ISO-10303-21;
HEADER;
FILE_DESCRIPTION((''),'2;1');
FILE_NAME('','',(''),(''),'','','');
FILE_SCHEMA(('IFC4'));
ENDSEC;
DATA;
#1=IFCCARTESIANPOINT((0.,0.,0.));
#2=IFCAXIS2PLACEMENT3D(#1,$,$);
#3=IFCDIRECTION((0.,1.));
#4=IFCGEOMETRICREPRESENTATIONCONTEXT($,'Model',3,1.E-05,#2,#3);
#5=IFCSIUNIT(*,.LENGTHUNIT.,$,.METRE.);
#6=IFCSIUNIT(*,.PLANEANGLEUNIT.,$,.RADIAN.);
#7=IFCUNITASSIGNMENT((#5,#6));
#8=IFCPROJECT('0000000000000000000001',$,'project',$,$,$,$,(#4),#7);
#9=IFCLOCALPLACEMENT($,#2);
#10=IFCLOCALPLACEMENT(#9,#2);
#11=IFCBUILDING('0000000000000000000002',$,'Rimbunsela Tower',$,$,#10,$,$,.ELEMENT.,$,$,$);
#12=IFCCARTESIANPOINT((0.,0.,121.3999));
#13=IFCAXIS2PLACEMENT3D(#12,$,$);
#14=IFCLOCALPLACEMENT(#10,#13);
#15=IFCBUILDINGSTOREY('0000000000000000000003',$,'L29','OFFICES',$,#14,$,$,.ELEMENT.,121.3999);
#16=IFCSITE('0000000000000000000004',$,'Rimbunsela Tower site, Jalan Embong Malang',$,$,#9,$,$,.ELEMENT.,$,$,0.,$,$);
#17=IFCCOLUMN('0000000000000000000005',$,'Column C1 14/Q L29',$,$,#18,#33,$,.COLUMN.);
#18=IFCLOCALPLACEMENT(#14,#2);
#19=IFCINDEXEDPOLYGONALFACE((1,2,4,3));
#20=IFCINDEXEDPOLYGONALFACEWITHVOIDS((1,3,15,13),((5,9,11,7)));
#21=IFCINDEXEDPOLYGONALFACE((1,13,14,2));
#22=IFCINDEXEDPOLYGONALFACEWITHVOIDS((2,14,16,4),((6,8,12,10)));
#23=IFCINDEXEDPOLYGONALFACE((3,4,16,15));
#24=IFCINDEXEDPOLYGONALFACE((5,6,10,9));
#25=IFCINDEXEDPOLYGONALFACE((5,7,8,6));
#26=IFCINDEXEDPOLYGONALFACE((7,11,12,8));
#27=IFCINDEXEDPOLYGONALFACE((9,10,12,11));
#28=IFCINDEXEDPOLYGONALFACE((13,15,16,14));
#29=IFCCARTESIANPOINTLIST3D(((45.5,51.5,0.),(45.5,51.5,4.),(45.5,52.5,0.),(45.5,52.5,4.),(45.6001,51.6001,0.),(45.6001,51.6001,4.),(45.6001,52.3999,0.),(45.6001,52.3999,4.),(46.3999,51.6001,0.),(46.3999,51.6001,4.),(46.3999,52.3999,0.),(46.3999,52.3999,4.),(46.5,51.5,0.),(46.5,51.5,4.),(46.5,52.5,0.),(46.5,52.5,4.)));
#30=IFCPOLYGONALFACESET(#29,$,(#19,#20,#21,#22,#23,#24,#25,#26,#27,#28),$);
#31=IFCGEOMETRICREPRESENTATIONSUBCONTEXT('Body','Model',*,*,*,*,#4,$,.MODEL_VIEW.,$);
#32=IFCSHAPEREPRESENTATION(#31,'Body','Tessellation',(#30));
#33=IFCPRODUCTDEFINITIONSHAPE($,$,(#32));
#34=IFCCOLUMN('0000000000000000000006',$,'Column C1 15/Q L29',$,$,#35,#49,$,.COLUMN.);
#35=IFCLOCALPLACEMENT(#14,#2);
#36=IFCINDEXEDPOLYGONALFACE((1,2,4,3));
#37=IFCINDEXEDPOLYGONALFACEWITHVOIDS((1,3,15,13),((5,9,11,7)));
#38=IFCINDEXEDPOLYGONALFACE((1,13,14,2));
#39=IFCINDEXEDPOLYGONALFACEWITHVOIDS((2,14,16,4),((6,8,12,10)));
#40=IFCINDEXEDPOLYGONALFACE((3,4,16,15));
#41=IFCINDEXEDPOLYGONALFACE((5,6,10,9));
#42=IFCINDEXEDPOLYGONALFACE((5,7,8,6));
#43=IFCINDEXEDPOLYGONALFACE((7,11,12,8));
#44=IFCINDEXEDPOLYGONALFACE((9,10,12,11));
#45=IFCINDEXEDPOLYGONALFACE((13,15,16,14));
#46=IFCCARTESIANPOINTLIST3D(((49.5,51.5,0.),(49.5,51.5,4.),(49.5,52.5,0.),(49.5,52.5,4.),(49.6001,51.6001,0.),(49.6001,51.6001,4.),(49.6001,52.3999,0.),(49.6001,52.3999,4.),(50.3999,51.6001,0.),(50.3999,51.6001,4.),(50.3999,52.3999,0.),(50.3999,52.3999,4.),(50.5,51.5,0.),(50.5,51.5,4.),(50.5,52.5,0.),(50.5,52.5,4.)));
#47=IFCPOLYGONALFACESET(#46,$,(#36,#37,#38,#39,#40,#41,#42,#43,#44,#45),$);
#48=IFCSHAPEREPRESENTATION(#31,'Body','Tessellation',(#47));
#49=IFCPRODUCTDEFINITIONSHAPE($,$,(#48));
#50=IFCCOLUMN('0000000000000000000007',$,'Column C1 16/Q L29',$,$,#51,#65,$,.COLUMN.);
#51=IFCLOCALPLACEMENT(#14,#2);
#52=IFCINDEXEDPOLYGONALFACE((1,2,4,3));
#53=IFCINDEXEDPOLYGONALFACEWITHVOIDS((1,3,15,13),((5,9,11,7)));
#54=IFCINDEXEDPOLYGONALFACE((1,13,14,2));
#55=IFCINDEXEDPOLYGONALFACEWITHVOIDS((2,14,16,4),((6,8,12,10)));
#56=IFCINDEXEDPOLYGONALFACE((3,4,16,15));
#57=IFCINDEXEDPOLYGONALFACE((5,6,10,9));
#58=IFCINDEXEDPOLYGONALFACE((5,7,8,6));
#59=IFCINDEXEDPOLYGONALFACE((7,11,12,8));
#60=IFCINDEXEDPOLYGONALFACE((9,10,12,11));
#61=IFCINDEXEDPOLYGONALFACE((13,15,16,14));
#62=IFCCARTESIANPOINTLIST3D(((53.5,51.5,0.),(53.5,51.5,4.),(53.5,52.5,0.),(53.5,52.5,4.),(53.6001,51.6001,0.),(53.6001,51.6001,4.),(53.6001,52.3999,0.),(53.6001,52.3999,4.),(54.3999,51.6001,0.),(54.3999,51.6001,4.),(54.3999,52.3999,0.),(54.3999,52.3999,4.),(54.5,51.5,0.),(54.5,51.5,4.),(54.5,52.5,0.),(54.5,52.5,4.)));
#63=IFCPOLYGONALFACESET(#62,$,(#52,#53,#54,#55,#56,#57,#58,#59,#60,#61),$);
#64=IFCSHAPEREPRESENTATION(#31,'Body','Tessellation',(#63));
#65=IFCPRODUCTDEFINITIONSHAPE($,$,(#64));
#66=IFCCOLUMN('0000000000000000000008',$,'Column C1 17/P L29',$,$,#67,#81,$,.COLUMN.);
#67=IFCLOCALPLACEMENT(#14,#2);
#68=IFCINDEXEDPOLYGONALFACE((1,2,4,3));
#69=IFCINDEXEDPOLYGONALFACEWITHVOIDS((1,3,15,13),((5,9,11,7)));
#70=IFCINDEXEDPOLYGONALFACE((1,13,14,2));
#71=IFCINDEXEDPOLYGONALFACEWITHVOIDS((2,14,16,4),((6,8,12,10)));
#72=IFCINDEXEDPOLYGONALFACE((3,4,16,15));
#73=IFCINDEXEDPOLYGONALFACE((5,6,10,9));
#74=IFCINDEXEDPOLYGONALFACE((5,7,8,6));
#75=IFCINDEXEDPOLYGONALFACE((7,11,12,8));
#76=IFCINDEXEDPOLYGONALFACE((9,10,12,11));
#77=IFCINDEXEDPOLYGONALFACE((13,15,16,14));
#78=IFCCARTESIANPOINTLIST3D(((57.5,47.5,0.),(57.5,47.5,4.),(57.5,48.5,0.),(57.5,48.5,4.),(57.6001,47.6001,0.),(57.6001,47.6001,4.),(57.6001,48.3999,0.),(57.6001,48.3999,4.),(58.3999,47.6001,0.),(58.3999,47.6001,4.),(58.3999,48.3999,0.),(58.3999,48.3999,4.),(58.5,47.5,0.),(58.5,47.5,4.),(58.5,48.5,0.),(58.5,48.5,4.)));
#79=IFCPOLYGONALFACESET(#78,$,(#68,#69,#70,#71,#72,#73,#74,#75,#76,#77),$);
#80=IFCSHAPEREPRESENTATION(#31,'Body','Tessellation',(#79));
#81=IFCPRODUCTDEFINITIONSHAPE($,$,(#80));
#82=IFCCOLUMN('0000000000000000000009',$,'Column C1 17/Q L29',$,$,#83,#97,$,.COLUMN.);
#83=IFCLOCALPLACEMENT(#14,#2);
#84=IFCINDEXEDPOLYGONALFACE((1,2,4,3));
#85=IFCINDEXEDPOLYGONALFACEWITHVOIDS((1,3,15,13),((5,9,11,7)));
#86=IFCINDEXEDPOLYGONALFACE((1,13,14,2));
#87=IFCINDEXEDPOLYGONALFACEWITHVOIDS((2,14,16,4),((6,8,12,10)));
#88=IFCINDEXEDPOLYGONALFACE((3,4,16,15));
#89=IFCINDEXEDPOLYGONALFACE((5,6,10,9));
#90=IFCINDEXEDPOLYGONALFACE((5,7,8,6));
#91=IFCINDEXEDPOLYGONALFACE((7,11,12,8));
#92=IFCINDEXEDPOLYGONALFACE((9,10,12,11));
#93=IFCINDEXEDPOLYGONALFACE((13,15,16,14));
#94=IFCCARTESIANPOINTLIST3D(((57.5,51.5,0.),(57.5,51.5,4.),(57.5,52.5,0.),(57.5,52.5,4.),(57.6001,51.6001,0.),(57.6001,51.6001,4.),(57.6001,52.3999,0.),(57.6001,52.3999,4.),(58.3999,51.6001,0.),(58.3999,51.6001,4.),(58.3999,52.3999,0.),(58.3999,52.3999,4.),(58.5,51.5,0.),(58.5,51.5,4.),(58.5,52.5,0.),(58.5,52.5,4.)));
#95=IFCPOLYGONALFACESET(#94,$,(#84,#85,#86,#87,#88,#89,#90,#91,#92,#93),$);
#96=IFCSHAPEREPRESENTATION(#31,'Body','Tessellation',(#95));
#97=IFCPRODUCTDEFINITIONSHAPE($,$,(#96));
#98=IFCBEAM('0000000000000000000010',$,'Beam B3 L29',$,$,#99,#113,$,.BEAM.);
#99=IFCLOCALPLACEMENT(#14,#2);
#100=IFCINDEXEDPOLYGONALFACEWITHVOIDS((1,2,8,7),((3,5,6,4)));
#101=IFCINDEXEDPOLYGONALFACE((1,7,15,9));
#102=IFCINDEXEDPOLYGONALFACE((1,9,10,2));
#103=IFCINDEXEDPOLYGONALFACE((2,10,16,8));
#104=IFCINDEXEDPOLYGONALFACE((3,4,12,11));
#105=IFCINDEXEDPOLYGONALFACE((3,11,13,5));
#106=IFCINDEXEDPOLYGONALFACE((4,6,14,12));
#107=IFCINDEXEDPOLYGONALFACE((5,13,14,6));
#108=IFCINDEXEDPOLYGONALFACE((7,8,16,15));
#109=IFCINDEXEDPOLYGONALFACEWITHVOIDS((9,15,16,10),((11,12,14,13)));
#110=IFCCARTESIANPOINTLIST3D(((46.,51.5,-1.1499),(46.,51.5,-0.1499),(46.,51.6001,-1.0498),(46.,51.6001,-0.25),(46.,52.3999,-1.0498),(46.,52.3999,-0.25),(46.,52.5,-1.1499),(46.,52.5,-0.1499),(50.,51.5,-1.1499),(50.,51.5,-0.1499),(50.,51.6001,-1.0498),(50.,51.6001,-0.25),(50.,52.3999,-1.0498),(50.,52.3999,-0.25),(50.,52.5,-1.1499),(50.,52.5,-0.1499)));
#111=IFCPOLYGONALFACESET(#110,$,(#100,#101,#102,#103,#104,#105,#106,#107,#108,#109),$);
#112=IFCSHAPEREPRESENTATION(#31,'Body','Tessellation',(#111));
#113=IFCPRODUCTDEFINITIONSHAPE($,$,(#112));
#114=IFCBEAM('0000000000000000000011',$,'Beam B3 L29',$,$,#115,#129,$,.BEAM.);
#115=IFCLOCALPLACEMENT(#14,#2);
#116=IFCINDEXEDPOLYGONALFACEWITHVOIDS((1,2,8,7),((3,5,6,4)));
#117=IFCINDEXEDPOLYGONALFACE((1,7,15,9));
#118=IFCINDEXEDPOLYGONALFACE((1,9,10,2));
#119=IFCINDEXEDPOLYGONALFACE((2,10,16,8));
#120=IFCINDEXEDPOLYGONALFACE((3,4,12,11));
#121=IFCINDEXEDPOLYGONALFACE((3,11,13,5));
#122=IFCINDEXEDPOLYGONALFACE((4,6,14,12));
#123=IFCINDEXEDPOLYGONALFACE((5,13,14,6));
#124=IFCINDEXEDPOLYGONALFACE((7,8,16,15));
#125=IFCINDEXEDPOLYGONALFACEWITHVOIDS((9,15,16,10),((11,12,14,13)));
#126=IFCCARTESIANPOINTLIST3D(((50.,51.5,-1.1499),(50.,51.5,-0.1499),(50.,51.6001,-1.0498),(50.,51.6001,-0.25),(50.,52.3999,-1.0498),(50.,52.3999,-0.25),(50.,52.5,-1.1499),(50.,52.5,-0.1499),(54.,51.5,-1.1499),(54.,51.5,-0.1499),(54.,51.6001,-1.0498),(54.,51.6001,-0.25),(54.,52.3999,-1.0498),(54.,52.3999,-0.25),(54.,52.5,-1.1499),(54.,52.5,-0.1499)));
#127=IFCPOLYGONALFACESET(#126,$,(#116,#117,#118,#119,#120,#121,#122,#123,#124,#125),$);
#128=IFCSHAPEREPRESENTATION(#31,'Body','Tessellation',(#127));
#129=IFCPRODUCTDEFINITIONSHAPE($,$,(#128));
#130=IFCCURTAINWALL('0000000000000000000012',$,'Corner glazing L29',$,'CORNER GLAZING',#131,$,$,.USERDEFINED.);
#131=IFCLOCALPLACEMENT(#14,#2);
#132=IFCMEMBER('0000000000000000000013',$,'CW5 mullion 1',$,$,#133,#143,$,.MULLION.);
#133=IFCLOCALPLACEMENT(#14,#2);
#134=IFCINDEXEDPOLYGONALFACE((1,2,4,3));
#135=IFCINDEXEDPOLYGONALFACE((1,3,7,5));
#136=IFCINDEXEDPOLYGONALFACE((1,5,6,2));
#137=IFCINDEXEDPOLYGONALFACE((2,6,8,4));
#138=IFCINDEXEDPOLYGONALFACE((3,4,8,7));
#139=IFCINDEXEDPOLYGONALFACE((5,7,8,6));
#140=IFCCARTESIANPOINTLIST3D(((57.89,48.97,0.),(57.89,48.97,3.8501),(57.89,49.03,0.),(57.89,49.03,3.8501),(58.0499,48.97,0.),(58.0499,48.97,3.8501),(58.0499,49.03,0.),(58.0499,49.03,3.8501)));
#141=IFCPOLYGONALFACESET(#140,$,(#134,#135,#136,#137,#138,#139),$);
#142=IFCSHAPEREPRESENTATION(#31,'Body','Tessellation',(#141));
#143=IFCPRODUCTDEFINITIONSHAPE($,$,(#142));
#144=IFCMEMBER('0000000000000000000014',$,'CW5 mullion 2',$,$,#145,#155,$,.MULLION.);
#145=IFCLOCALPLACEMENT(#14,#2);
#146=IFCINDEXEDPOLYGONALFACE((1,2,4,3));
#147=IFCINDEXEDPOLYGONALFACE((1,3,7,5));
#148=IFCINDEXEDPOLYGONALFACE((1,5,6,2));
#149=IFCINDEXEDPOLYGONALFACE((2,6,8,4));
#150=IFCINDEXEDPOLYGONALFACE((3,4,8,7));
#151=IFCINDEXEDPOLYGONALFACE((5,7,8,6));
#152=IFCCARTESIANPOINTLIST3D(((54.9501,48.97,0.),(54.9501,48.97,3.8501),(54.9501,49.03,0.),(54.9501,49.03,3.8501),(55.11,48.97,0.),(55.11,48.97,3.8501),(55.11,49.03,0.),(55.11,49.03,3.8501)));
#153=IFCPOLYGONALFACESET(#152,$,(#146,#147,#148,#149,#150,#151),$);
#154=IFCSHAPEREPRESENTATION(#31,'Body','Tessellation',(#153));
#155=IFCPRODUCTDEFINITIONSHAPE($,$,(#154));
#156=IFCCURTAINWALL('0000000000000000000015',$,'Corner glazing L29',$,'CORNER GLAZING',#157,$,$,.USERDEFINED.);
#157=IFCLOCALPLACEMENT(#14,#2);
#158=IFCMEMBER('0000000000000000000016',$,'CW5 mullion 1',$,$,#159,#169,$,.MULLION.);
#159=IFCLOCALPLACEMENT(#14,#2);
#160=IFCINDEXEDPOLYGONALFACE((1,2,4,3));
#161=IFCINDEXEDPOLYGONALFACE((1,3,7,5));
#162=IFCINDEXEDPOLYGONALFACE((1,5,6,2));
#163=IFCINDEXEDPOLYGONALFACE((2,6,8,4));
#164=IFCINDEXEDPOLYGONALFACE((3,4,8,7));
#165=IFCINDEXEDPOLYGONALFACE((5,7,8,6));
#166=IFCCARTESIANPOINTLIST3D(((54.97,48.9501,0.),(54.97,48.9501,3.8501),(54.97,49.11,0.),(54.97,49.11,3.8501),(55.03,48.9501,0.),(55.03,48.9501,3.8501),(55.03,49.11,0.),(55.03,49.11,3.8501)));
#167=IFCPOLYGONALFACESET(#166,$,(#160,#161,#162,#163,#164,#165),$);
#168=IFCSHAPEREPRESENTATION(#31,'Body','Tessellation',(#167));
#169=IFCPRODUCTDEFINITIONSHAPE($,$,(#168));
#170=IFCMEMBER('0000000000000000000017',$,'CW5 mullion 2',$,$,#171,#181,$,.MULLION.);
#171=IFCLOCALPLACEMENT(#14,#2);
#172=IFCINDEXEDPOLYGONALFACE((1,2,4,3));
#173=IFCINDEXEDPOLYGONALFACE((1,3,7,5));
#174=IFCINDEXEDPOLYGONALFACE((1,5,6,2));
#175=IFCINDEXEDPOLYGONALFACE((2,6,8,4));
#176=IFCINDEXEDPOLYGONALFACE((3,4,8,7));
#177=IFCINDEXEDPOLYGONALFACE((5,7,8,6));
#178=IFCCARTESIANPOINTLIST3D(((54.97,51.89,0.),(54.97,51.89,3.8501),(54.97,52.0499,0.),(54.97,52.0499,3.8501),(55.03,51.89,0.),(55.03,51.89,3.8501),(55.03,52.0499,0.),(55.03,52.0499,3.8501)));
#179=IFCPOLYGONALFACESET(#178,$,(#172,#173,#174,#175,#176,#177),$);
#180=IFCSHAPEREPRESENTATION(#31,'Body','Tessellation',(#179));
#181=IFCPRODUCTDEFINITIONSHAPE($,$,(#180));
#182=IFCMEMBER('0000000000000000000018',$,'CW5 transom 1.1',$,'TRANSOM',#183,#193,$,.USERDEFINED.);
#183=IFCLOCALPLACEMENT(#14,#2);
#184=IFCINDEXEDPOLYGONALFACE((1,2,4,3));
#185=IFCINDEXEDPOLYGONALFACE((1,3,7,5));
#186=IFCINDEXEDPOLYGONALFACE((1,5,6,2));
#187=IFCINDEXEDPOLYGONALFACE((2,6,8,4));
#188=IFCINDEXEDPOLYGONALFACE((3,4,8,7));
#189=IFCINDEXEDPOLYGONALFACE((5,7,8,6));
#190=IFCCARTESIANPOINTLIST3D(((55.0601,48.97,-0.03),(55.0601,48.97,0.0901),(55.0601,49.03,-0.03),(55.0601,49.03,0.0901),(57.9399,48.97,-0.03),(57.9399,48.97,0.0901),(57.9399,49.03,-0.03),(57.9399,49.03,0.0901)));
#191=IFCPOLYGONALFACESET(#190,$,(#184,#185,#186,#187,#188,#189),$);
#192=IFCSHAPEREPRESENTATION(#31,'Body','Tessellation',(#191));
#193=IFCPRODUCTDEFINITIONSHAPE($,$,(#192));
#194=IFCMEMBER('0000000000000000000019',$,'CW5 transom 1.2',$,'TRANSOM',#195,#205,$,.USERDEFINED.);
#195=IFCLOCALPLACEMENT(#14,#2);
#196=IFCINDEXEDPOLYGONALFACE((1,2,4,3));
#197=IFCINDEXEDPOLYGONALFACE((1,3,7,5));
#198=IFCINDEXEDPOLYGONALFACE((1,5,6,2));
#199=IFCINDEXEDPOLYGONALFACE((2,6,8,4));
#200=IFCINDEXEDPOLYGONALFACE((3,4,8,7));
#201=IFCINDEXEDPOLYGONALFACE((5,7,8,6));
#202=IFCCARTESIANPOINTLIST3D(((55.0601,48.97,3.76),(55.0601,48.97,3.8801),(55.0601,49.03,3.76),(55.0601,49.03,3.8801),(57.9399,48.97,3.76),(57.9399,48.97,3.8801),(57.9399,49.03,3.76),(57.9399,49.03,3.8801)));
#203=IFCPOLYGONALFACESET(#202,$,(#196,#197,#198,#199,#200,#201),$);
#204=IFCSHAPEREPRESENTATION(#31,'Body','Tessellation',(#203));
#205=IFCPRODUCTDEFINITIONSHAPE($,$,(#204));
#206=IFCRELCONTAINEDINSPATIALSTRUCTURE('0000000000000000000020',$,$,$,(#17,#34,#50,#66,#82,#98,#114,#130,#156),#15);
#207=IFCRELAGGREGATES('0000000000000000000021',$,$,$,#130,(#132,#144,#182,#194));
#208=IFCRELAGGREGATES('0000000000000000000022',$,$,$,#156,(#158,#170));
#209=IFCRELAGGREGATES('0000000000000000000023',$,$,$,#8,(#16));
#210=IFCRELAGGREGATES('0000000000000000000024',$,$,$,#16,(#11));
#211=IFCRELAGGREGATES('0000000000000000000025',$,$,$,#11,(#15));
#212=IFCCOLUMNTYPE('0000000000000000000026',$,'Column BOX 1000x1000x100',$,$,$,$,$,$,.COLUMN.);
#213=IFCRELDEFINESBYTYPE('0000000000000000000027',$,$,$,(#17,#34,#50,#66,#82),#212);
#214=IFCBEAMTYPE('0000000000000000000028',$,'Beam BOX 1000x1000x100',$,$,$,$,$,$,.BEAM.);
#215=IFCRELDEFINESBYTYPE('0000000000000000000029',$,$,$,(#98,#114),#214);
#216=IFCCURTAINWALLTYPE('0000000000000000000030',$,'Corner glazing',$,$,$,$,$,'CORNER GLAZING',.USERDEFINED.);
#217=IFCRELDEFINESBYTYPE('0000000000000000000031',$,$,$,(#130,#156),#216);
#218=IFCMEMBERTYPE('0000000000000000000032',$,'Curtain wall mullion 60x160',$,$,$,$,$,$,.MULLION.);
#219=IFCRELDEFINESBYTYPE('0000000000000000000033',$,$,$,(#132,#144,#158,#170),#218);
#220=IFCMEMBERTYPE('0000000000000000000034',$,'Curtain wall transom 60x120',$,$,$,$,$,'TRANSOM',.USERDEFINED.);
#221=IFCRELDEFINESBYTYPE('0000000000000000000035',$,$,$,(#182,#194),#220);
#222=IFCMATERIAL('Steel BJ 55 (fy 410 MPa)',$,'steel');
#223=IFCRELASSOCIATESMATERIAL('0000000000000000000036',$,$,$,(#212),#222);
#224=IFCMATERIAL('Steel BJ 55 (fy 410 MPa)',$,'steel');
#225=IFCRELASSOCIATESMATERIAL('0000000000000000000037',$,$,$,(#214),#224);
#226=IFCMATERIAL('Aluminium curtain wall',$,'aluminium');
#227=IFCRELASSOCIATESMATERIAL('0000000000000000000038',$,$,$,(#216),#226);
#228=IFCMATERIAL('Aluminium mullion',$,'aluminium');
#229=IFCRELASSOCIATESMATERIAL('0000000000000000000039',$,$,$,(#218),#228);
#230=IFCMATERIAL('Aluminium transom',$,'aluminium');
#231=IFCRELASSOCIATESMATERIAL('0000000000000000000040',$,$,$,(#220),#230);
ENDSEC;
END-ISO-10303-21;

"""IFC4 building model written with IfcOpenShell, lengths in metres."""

from ifc_helpers import new_model, si_unit, direction, frame, origin, origin_2d, place, context, subcontext, project, spatial, rectangle, hollow_rectangle, extrude, material, material_profile, profile_set, type_object, element, aggregate, save


model = new_model("IFC4")

# Units and contexts
model_context = context("Model", 3, precision=1e-05, world=origin(), true_north=direction((0.0, 1.0)))
body_context = subcontext(model_context, "Body", "Model", "MODEL_VIEW")
ifc_project = project(units=[si_unit("LENGTHUNIT", "METRE"), si_unit("PLANEANGLEUNIT", "RADIAN")], contexts=[model_context])

# Site, building, storey
site_placement = place(None, origin())
site = spatial("IfcSite", under=ifc_project, at=site_placement, Name="Rimbunsela Tower site, Jalan Embong Malang", CompositionType="ELEMENT", RefElevation=0.0)
building_placement = place(site_placement, origin())
building = spatial("IfcBuilding", under=site, at=building_placement, Name="Rimbunsela Tower", CompositionType="ELEMENT")
storey_placement = place(building_placement, frame((0.0, 0.0, 121.3999)))
storey = spatial("IfcBuildingStorey", under=building, at=storey_placement, Name="L29", Description="OFFICES", CompositionType="ELEMENT", Elevation=121.3999)

# Columns
ifc_material_1 = material(Name="Steel BJ 55 (fy 410 MPa)", Category="steel")
ifc_material_profile_1 = material_profile(ifc_material_1, hollow_rectangle(XDim=1.0, YDim=1.0, WallThickness=0.1001, at=origin_2d()), Name="BOX 1000x1000x100")
ifc_profile_set_1 = profile_set([ifc_material_profile_1], Name="Steel BJ 55 (fy 410 MPa)")
column_type = type_object("IfcColumnType", Name="Column BOX 1000x1000x100", PredefinedType="COLUMN", material=ifc_profile_set_1)
for number, where, z_axis, x_axis, name in (
    (1, (46.0, 52.0, 0.0), (0.0, 0.0, 1.0), (1.0, 0.0, 0.0), "Column C1 14/Q L29"),
    (2, (50.0, 52.0, 0.0), (0.0, 0.0, 1.0), (1.0, 0.0, 0.0), "Column C1 15/Q L29"),
    (3, (54.0, 52.0, 0.0), (0.0, 0.0, 1.0), (1.0, 0.0, 0.0), "Column C1 16/Q L29"),
    (4, (58.0, 48.0, 0.0), (0.0, 0.0, 1.0), (1.0, 0.0, 0.0), "Column C1 17/P L29"),
    (5, (58.0, 52.0, 0.0), (0.0, 0.0, 1.0), (1.0, 0.0, 0.0), "Column C1 17/Q L29"),
):
    element("IfcColumn", number, at=place(storey_placement, frame(where, z_axis=z_axis, x_axis=x_axis)), inside=storey, type_object=column_type, Name=name, PredefinedType="COLUMN", context=body_context, shape_type="SweptSolid", body=[
        extrude(hollow_rectangle(XDim=1.0, YDim=1.0, WallThickness=0.1001, at=origin_2d()), origin(), (0.0, 0.0, 1.0), 4.0),
    ])

# Beams
ifc_material_2 = material(Name="Steel BJ 55 (fy 410 MPa)", Category="steel")
ifc_material_profile_2 = material_profile(ifc_material_2, hollow_rectangle(XDim=1.0, YDim=1.0, WallThickness=0.1001, at=origin_2d()), Name="BOX 1000x1000x100")
ifc_profile_set_2 = profile_set([ifc_material_profile_2], Name="Steel BJ 55 (fy 410 MPa)")
beam_type = type_object("IfcBeamType", Name="Beam BOX 1000x1000x100", PredefinedType="BEAM", material=ifc_profile_set_2)
for number, where, z_axis, x_axis, name in (
    (6, (46.0, 52.0, -0.6499), (1.0, 0.0, 0.0), (0.0, 1.0, 0.0), "Beam B3 L29"),
    (7, (50.0, 52.0, -0.6499), (1.0, 0.0, 0.0), (0.0, 1.0, 0.0), "Beam B3 L29"),
):
    element("IfcBeam", number, at=place(storey_placement, frame(where, z_axis=z_axis, x_axis=x_axis)), inside=storey, type_object=beam_type, Name=name, PredefinedType="BEAM", context=body_context, shape_type="SweptSolid", body=[
        extrude(hollow_rectangle(XDim=1.0, YDim=1.0, WallThickness=0.1001, at=origin_2d()), origin(), (0.0, 0.0, 1.0), 4.0),
    ])

# Curtain walls, members
ifc_material_3 = material(Name="Aluminium curtain wall", Category="aluminium")
curtain_wall_type = type_object("IfcCurtainWallType", Name="Corner glazing", ElementType="CORNER GLAZING", PredefinedType="USERDEFINED", material=ifc_material_3)
curtain_wall_1_placement = place(storey_placement, origin())
curtain_wall_1 = element("IfcCurtainWall", 8, at=curtain_wall_1_placement, inside=storey, type_object=curtain_wall_type, Name="Corner glazing L29", ObjectType="CORNER GLAZING", PredefinedType="USERDEFINED")
ifc_material_4 = material(Name="Aluminium mullion", Category="aluminium")
ifc_material_profile_3 = material_profile(ifc_material_4, rectangle(XDim=0.0601, YDim=0.1599, at=origin_2d()), Name="Mullion 60x160")
ifc_profile_set_3 = profile_set([ifc_material_profile_3], Name="Aluminium mullion")
member_type_1 = type_object("IfcMemberType", Name="Curtain wall mullion 60x160", PredefinedType="MULLION", material=ifc_profile_set_3)
member_1_placement = place(storey_placement, frame((57.97, 49.0, 0.0), z_axis=(0.0, 0.0, 1.0), x_axis=(0.0, -1.0, 0.0)))
member_1 = element("IfcMember", 9, at=member_1_placement, type_object=member_type_1, Name="CW5 mullion 1", PredefinedType="MULLION", context=body_context, shape_type="SweptSolid", body=[
    extrude(rectangle(XDim=0.0601, YDim=0.1599, at=origin_2d()), origin(), (0.0, 0.0, 1.0), 3.8501),
])
member_2_placement = place(storey_placement, frame((55.03, 49.0, 0.0), z_axis=(0.0, 0.0, 1.0), x_axis=(0.0, -1.0, 0.0)))
member_2 = element("IfcMember", 10, at=member_2_placement, type_object=member_type_1, Name="CW5 mullion 2", PredefinedType="MULLION", context=body_context, shape_type="SweptSolid", body=[
    extrude(rectangle(XDim=0.0601, YDim=0.1599, at=origin_2d()), origin(), (0.0, 0.0, 1.0), 3.8501),
])
curtain_wall_2_placement = place(storey_placement, origin())
curtain_wall_2 = element("IfcCurtainWall", 11, at=curtain_wall_2_placement, inside=storey, type_object=curtain_wall_type, Name="Corner glazing L29", ObjectType="CORNER GLAZING", PredefinedType="USERDEFINED")
member_3_placement = place(storey_placement, frame((55.0, 49.03, 0.0), z_axis=(0.0, 0.0, 1.0), x_axis=(-1.0, 0.0, 0.0)))
member_3 = element("IfcMember", 12, at=member_3_placement, type_object=member_type_1, Name="CW5 mullion 1", PredefinedType="MULLION", context=body_context, shape_type="SweptSolid", body=[
    extrude(rectangle(XDim=0.0601, YDim=0.1599, at=origin_2d()), origin(), (0.0, 0.0, 1.0), 3.8501),
])
member_4_placement = place(storey_placement, frame((55.0, 51.97, 0.0), z_axis=(0.0, 0.0, 1.0), x_axis=(-1.0, 0.0, 0.0)))
member_4 = element("IfcMember", 13, at=member_4_placement, type_object=member_type_1, Name="CW5 mullion 2", PredefinedType="MULLION", context=body_context, shape_type="SweptSolid", body=[
    extrude(rectangle(XDim=0.0601, YDim=0.1599, at=origin_2d()), origin(), (0.0, 0.0, 1.0), 3.8501),
])

# Members
ifc_material_5 = material(Name="Aluminium transom", Category="aluminium")
ifc_material_profile_4 = material_profile(ifc_material_5, rectangle(XDim=0.0601, YDim=0.1201, at=origin_2d()), Name="Transom 60x120")
ifc_profile_set_4 = profile_set([ifc_material_profile_4], Name="Aluminium transom")
member_type_2 = type_object("IfcMemberType", Name="Curtain wall transom 60x120", ElementType="TRANSOM", PredefinedType="USERDEFINED", material=ifc_profile_set_4)
member_5_placement = place(storey_placement, frame((57.9399, 49.0, 0.03), z_axis=(-1.0, 0.0, 0.0), x_axis=(0.0, -1.0, 0.0)))
member_5 = element("IfcMember", 14, at=member_5_placement, type_object=member_type_2, Name="CW5 transom 1.1", ObjectType="TRANSOM", PredefinedType="USERDEFINED", context=body_context, shape_type="SweptSolid", body=[
    extrude(rectangle(XDim=0.0601, YDim=0.1201, at=origin_2d()), origin(), (0.0, 0.0, 1.0), 2.8799),
])
member_6_placement = place(storey_placement, frame((57.9399, 49.0, 3.8201), z_axis=(-1.0, 0.0, 0.0), x_axis=(0.0, -1.0, 0.0)))
member_6 = element("IfcMember", 15, at=member_6_placement, type_object=member_type_2, Name="CW5 transom 1.2", ObjectType="TRANSOM", PredefinedType="USERDEFINED", context=body_context, shape_type="SweptSolid", body=[
    extrude(rectangle(XDim=0.0601, YDim=0.1201, at=origin_2d()), origin(), (0.0, 0.0, 1.0), 2.8799),
])

aggregate(curtain_wall_1, [member_1, member_2, member_5, member_6])
aggregate(curtain_wall_2, [member_3, member_4])

save(model, "model.ifc")
